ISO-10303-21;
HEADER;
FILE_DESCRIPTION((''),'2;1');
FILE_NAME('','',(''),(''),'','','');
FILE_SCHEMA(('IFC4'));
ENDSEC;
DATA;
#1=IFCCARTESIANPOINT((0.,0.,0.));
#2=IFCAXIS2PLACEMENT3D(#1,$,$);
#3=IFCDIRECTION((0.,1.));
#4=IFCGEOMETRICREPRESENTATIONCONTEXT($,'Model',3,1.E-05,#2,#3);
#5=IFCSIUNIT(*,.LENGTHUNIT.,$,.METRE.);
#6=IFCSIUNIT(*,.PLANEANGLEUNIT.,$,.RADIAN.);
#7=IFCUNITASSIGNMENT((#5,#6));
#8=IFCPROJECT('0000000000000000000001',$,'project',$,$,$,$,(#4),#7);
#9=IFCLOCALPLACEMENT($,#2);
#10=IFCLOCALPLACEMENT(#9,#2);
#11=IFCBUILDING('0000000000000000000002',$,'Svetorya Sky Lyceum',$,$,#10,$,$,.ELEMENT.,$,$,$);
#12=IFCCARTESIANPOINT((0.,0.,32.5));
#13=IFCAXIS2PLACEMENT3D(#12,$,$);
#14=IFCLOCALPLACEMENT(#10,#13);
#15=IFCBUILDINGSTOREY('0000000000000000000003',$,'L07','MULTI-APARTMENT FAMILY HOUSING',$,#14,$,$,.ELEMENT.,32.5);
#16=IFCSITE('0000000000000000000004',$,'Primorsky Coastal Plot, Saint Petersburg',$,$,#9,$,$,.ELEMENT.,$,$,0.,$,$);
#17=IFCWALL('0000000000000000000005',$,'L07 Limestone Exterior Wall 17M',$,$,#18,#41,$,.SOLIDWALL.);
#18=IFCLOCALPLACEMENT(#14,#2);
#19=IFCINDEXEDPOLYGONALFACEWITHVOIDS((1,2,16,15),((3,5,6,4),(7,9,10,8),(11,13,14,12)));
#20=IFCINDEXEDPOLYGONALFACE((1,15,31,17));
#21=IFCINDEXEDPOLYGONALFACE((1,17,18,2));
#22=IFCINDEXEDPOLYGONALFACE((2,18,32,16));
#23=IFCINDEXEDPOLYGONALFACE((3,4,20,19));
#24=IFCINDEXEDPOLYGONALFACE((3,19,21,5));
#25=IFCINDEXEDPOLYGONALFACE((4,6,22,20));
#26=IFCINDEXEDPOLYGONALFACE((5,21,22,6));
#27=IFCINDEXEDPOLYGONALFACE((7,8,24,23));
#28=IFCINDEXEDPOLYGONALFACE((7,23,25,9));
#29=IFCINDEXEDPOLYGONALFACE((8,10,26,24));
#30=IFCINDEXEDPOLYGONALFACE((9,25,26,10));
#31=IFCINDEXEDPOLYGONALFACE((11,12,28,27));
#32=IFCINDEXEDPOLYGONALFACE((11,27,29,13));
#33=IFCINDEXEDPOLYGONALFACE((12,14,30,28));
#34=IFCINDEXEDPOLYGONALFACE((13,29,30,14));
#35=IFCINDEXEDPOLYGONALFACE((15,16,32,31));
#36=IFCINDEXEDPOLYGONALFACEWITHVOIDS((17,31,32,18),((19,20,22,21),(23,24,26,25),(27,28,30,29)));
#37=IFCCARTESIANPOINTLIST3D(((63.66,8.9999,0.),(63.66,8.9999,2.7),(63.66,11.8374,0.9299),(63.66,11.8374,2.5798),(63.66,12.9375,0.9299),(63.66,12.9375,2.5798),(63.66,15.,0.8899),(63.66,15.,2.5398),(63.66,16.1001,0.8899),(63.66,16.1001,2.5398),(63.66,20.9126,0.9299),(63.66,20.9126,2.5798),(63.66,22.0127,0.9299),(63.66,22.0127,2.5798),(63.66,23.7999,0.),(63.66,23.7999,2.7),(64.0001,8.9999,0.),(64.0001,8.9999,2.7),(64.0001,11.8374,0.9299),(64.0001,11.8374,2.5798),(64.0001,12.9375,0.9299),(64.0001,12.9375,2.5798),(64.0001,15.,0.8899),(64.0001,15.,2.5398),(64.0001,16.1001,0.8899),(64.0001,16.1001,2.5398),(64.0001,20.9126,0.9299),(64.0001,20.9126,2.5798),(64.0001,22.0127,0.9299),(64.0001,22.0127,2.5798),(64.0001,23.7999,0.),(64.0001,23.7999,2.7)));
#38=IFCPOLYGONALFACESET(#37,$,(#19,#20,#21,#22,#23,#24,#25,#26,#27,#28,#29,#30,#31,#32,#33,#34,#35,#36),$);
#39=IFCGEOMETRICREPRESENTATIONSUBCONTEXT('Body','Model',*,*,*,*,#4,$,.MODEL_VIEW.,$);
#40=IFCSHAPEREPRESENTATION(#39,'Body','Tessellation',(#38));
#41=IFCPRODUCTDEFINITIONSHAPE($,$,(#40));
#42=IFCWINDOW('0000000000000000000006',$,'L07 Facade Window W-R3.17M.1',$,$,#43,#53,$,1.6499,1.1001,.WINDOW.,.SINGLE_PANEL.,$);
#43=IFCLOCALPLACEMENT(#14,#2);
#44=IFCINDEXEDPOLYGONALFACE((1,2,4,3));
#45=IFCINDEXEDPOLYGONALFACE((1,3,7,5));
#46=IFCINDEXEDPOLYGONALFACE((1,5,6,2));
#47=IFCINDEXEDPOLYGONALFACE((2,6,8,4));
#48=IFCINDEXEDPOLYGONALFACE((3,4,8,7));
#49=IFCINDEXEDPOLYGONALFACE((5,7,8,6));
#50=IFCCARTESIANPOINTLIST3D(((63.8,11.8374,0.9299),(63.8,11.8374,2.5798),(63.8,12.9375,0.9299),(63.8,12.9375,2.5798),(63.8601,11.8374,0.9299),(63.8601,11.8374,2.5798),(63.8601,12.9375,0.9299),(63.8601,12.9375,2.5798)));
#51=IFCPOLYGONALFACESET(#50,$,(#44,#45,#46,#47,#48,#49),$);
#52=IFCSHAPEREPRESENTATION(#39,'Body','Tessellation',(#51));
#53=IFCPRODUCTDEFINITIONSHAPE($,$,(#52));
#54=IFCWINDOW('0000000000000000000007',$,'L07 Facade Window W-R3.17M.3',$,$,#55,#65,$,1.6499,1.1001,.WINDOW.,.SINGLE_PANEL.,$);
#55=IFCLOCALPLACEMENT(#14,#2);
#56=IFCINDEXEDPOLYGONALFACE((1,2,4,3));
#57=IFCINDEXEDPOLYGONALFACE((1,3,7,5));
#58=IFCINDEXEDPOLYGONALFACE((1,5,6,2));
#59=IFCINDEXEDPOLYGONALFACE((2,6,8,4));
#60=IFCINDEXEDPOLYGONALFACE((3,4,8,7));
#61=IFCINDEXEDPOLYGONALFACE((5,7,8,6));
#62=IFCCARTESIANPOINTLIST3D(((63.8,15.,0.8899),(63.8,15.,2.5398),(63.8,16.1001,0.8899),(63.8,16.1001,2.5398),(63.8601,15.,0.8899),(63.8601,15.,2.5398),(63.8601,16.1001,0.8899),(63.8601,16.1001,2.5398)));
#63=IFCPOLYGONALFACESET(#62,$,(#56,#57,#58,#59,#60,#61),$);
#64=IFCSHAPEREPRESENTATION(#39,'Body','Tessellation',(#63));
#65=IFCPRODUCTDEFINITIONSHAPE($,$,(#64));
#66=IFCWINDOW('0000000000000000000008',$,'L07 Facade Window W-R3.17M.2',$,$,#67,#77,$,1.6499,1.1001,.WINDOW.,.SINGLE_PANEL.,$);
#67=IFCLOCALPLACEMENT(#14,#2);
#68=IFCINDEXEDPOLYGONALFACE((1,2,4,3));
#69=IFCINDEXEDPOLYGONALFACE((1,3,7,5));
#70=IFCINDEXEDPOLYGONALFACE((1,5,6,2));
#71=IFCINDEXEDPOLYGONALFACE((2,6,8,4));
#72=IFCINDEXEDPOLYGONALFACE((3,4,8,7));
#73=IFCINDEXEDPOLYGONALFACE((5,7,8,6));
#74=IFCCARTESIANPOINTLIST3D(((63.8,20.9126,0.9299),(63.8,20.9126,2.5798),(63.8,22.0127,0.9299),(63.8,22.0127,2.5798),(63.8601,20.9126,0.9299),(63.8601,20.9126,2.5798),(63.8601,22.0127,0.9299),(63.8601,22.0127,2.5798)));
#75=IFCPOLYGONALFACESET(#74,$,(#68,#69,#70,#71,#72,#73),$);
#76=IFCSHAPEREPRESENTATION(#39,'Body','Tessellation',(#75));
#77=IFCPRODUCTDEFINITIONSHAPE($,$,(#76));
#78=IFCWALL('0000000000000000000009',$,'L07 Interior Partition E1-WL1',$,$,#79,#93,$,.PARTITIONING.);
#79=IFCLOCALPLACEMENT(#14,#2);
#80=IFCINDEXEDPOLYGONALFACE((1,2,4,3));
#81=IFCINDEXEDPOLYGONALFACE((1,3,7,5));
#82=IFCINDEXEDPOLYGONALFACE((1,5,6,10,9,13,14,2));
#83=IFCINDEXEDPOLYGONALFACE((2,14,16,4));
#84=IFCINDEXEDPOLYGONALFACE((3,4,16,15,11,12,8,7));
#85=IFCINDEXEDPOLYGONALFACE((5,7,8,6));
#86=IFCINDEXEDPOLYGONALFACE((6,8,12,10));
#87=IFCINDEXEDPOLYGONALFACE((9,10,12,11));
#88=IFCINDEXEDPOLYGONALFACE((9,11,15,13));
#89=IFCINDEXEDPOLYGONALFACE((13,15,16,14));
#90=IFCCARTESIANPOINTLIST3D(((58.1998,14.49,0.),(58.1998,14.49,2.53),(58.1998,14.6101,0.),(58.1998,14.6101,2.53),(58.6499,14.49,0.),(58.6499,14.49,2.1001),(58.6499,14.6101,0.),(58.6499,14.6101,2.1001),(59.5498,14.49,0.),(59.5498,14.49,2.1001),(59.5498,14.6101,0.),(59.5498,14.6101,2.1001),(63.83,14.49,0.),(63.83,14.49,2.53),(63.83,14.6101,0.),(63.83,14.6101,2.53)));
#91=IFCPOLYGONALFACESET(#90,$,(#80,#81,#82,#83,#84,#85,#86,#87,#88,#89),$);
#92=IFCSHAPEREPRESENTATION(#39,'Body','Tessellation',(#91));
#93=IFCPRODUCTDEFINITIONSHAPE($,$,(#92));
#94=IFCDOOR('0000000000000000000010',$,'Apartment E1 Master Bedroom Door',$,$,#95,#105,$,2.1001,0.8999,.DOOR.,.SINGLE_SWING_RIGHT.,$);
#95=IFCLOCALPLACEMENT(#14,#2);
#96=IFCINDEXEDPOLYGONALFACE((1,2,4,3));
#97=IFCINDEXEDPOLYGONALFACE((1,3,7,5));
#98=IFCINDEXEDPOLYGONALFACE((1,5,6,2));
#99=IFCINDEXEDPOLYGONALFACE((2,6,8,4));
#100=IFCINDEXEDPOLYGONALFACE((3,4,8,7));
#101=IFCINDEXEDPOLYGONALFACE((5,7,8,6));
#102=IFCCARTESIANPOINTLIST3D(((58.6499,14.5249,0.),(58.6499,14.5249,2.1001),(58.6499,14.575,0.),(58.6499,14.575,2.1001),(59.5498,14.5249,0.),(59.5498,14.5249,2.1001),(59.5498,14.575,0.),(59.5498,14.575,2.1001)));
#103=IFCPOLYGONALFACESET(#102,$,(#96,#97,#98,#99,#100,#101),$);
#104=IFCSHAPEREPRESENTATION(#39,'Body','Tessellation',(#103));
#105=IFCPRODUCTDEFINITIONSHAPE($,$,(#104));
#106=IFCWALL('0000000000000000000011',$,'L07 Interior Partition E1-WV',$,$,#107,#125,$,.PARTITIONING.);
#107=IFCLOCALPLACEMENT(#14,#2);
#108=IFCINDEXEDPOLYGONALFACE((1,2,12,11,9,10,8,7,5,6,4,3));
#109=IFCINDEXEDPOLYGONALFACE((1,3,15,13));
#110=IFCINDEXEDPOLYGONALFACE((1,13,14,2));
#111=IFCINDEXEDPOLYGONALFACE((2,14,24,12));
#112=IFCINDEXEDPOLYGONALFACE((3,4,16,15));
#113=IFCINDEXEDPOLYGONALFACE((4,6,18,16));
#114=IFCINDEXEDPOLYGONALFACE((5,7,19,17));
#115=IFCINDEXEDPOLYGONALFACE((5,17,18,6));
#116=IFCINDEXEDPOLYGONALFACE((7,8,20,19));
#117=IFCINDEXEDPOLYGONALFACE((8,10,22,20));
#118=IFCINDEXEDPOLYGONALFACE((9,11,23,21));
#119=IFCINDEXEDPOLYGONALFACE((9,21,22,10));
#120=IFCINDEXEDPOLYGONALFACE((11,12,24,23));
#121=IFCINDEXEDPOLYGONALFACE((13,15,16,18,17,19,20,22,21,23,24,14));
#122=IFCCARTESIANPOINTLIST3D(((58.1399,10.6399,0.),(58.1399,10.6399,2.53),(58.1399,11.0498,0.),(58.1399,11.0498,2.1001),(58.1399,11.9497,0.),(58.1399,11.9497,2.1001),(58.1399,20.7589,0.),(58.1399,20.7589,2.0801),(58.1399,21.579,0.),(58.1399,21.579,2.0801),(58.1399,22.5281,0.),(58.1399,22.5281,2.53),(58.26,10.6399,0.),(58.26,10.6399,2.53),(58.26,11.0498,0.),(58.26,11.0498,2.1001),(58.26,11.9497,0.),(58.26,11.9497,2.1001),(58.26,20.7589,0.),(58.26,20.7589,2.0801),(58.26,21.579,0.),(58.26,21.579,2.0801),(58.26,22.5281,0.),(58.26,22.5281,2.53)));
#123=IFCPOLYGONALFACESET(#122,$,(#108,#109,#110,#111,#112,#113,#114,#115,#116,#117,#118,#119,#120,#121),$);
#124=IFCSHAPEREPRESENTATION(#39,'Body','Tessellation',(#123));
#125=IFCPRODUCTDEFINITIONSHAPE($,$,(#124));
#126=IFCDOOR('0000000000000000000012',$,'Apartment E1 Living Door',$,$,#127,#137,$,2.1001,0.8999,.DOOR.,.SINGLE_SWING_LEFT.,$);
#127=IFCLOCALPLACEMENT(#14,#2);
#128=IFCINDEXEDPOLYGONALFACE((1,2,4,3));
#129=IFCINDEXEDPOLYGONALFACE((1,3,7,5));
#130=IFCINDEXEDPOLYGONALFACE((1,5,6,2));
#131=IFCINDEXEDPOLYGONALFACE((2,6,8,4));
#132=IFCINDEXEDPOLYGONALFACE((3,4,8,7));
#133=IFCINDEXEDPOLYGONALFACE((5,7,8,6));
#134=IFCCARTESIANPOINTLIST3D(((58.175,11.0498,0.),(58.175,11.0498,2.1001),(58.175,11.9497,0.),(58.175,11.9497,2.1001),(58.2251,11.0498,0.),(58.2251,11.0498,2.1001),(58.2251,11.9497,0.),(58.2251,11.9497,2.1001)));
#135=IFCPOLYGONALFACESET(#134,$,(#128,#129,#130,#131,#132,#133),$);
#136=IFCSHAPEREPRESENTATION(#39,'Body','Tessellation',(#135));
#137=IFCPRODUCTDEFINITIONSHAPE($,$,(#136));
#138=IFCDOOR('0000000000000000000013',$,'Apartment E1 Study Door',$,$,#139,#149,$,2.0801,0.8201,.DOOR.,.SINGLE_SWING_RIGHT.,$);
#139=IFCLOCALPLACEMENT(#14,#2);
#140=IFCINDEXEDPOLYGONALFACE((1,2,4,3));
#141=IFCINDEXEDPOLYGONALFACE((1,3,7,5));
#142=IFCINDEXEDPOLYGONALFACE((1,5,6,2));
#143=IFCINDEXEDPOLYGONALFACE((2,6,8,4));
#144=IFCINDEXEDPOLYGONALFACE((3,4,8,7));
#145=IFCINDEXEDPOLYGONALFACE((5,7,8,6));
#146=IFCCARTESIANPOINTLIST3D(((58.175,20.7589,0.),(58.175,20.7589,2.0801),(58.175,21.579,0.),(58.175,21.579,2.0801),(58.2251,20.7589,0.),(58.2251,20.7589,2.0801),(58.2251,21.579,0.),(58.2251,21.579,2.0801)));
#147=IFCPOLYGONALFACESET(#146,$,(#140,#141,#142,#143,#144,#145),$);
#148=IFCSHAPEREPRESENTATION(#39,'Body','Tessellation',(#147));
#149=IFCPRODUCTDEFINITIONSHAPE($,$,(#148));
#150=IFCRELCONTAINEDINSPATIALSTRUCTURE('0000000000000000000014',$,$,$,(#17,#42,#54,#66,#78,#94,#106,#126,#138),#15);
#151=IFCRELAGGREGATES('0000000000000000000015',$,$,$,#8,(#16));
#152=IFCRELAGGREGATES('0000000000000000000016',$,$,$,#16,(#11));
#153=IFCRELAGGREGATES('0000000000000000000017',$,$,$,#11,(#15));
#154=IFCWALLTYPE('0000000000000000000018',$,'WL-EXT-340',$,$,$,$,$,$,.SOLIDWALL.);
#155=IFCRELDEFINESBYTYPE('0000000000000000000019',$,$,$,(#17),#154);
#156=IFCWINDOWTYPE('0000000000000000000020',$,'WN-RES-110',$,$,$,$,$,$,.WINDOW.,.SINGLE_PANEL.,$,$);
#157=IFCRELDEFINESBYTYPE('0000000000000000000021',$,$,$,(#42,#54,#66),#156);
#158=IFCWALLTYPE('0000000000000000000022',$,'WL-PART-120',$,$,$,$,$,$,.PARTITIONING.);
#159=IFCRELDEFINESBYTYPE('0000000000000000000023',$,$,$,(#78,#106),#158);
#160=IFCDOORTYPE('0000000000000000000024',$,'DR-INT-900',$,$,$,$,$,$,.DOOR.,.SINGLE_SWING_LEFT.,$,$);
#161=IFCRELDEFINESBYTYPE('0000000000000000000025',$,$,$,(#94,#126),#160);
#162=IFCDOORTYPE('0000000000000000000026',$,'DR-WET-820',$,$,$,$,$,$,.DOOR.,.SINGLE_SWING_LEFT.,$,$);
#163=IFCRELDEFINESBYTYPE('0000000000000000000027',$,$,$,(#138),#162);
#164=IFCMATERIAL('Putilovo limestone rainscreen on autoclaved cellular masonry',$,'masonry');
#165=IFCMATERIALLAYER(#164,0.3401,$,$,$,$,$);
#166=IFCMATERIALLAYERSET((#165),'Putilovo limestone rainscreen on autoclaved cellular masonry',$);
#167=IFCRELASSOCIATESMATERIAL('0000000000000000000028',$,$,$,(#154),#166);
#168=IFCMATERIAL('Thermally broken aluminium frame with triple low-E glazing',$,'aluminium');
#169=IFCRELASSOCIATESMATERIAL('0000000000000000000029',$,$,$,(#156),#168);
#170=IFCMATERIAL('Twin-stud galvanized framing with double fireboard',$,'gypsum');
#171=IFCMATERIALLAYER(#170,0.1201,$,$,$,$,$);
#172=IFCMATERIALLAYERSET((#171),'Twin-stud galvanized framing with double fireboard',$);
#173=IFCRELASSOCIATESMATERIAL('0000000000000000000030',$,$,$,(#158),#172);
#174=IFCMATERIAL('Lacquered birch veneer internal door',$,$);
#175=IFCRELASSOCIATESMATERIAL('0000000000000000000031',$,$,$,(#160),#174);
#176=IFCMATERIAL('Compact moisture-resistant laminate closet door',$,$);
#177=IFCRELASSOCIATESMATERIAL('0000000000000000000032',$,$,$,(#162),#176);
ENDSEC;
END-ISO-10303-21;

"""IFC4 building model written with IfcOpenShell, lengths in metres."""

from ifc_helpers import new_model, si_unit, direction, frame, frame_2d, origin, place, context, subcontext, project, spatial, rectangle, extrude, material, layer, layer_set, type_object, element, fill, save


model = new_model("IFC4")

# Units and contexts
model_context = context("Model", 3, precision=1e-05, world=origin(), true_north=direction((0.0, 1.0)))
body_context = subcontext(model_context, "Body", "Model", "MODEL_VIEW")
ifc_project = project(units=[si_unit("LENGTHUNIT", "METRE"), si_unit("PLANEANGLEUNIT", "RADIAN")], contexts=[model_context])

# Site, building, storey
site_placement = place(None, origin())
site = spatial("IfcSite", under=ifc_project, at=site_placement, Name="Primorsky Coastal Plot, Saint Petersburg", CompositionType="ELEMENT", RefElevation=0.0)
building_placement = place(site_placement, origin())
building = spatial("IfcBuilding", under=site, at=building_placement, Name="Svetorya Sky Lyceum", CompositionType="ELEMENT")
storey_placement = place(building_placement, frame((0.0, 0.0, 32.5)))
storey = spatial("IfcBuildingStorey", under=building, at=storey_placement, Name="L07", Description="MULTI-APARTMENT FAMILY HOUSING", CompositionType="ELEMENT", Elevation=32.5)

# Shared definitions
ifc_material_1 = material(Name="Putilovo limestone rainscreen on autoclaved cellular masonry", Category="masonry")
ifc_layer_1 = layer(ifc_material_1, 0.3401)
ifc_layer_set_1 = layer_set([ifc_layer_1], Name="Putilovo limestone rainscreen on autoclaved cellular masonry")
wall_type_1 = type_object("IfcWallType", Name="WL-EXT-340", PredefinedType="SOLIDWALL", material=ifc_layer_set_1)

# Wall, openings, windows
wall_1_placement = place(storey_placement, frame((63.8301, 9.0, 0.0), z_axis=(0.0, 0.0, 1.0), x_axis=(0.0, 1.0, 0.0)))
wall_1 = element("IfcWall", 1, at=wall_1_placement, inside=storey, type_object=wall_type_1, Name="L07 Limestone Exterior Wall 17M", PredefinedType="SOLIDWALL", context=body_context, shape_type="SweptSolid", body=[
    extrude(rectangle(XDim=14.8, YDim=0.3401, at=frame_2d((7.3999, 0.0))), origin(), (0.0, 0.0, 1.0), 2.7),
])
opening_1_placement = place(wall_1_placement, frame((2.8374, 0.0, 0.9299)))
opening_1 = element("IfcOpeningElement", 2, at=opening_1_placement, cuts=wall_1, PredefinedType="OPENING", context=body_context, shape_type="SweptSolid", body=[
    extrude(rectangle(XDim=1.1001, YDim=1.6499, at=frame_2d((0.55, 0.825))), frame((0.0, 0.1799, 0.0), z_axis=(0.0, -1.0, 0.0), x_axis=(1.0, 0.0, 0.0)), (0.0, 0.0, 1.0), 0.3601),
])
opening_2_placement = place(wall_1_placement, frame((6.0, 0.0, 0.8899)))
opening_2 = element("IfcOpeningElement", 3, at=opening_2_placement, cuts=wall_1, PredefinedType="OPENING", context=body_context, shape_type="SweptSolid", body=[
    extrude(rectangle(XDim=1.1001, YDim=1.6499, at=frame_2d((0.55, 0.825))), frame((0.0, 0.1799, 0.0), z_axis=(0.0, -1.0, 0.0), x_axis=(1.0, 0.0, 0.0)), (0.0, 0.0, 1.0), 0.3601),
])
opening_3_placement = place(wall_1_placement, frame((11.9126, 0.0, 0.9299)))
opening_3 = element("IfcOpeningElement", 4, at=opening_3_placement, cuts=wall_1, PredefinedType="OPENING", context=body_context, shape_type="SweptSolid", body=[
    extrude(rectangle(XDim=1.1001, YDim=1.6499, at=frame_2d((0.55, 0.825))), frame((0.0, 0.1799, 0.0), z_axis=(0.0, -1.0, 0.0), x_axis=(1.0, 0.0, 0.0)), (0.0, 0.0, 1.0), 0.3601),
])
ifc_material_2 = material(Name="Thermally broken aluminium frame with triple low-E glazing", Category="aluminium")
window_type = type_object("IfcWindowType", Name="WN-RES-110", PartitioningType="SINGLE_PANEL", PredefinedType="WINDOW", material=ifc_material_2)
window_1_placement = place(opening_1_placement, origin())
window_1 = element("IfcWindow", 5, at=window_1_placement, inside=storey, type_object=window_type, Name="L07 Facade Window W-R3.17M.1", OverallHeight=1.6499, OverallWidth=1.1001, PartitioningType="SINGLE_PANEL", PredefinedType="WINDOW", context=body_context, shape_type="SweptSolid", body=[
    extrude(rectangle(XDim=1.1001, YDim=1.6499, at=frame_2d((0.55, 0.825))), frame((0.0, 0.03, 0.0), z_axis=(0.0, -1.0, 0.0), x_axis=(1.0, 0.0, 0.0)), (0.0, 0.0, 1.0), 0.0601),
])
fill(opening_1, window_1)
window_2_placement = place(opening_2_placement, origin())
window_2 = element("IfcWindow", 6, at=window_2_placement, inside=storey, type_object=window_type, Name="L07 Facade Window W-R3.17M.3", OverallHeight=1.6499, OverallWidth=1.1001, PartitioningType="SINGLE_PANEL", PredefinedType="WINDOW", context=body_context, shape_type="SweptSolid", body=[
    extrude(rectangle(XDim=1.1001, YDim=1.6499, at=frame_2d((0.55, 0.825))), frame((0.0, 0.03, 0.0), z_axis=(0.0, -1.0, 0.0), x_axis=(1.0, 0.0, 0.0)), (0.0, 0.0, 1.0), 0.0601),
])
fill(opening_2, window_2)
window_3_placement = place(opening_3_placement, origin())
window_3 = element("IfcWindow", 7, at=window_3_placement, inside=storey, type_object=window_type, Name="L07 Facade Window W-R3.17M.2", OverallHeight=1.6499, OverallWidth=1.1001, PartitioningType="SINGLE_PANEL", PredefinedType="WINDOW", context=body_context, shape_type="SweptSolid", body=[
    extrude(rectangle(XDim=1.1001, YDim=1.6499, at=frame_2d((0.55, 0.825))), frame((0.0, 0.03, 0.0), z_axis=(0.0, -1.0, 0.0), x_axis=(1.0, 0.0, 0.0)), (0.0, 0.0, 1.0), 0.0601),
])
fill(opening_3, window_3)

# Wall, opening, door
ifc_material_3 = material(Name="Twin-stud galvanized framing with double fireboard", Category="gypsum")
ifc_layer_2 = layer(ifc_material_3, 0.1201)
ifc_layer_set_2 = layer_set([ifc_layer_2], Name="Twin-stud galvanized framing with double fireboard")
wall_type_2 = type_object("IfcWallType", Name="WL-PART-120", PredefinedType="PARTITIONING", material=ifc_layer_set_2)
wall_2_placement = place(storey_placement, frame((58.2, 14.55, 0.0), z_axis=(0.0, 0.0, 1.0), x_axis=(1.0, 0.0, 0.0)))
wall_2 = element("IfcWall", 8, at=wall_2_placement, inside=storey, type_object=wall_type_2, Name="L07 Interior Partition E1-WL1", PredefinedType="PARTITIONING", context=body_context, shape_type="SweptSolid", body=[
    extrude(rectangle(XDim=5.6301, YDim=0.1201, at=frame_2d((2.8149, 0.0))), origin(), (0.0, 0.0, 1.0), 2.53),
])
opening_4_placement = place(wall_2_placement, frame((0.45, 0.0, 0.0)))
opening_4 = element("IfcOpeningElement", 9, at=opening_4_placement, cuts=wall_2, PredefinedType="OPENING", context=body_context, shape_type="SweptSolid", body=[
    extrude(rectangle(XDim=0.8999, YDim=2.1001, at=frame_2d((0.45, 1.05))), frame((0.0, 0.0701, 0.0), z_axis=(0.0, -1.0, 0.0), x_axis=(1.0, 0.0, 0.0)), (0.0, 0.0, 1.0), 0.1401),
])
ifc_material_4 = material(Name="Lacquered birch veneer internal door")
door_type_1 = type_object("IfcDoorType", Name="DR-INT-900", OperationType="SINGLE_SWING_LEFT", PredefinedType="DOOR", material=ifc_material_4)
door_1_placement = place(opening_4_placement, origin())
door_1 = element("IfcDoor", 10, at=door_1_placement, inside=storey, type_object=door_type_1, Name="Apartment E1 Master Bedroom Door", OperationType="SINGLE_SWING_RIGHT", OverallHeight=2.1001, OverallWidth=0.8999, PredefinedType="DOOR", context=body_context, shape_type="SweptSolid", body=[
    extrude(rectangle(XDim=0.8999, YDim=2.1001, at=frame_2d((0.45, 1.05))), frame((0.0, 0.0249, 0.0), z_axis=(0.0, -1.0, 0.0), x_axis=(1.0, 0.0, 0.0)), (0.0, 0.0, 1.0), 0.05),
])
fill(opening_4, door_1)

# Wall, openings, doors
wall_3_placement = place(storey_placement, frame((58.2, 10.6399, 0.0), z_axis=(0.0, 0.0, 1.0), x_axis=(0.0, 1.0, 0.0)))
wall_3 = element("IfcWall", 11, at=wall_3_placement, inside=storey, type_object=wall_type_2, Name="L07 Interior Partition E1-WV", PredefinedType="PARTITIONING", context=body_context, shape_type="SweptSolid", body=[
    extrude(rectangle(XDim=11.8882, YDim=0.1201, at=frame_2d((5.9441, 0.0))), origin(), (0.0, 0.0, 1.0), 2.53),
])
opening_5_placement = place(wall_3_placement, frame((0.4099, 0.0, 0.0)))
opening_5 = element("IfcOpeningElement", 12, at=opening_5_placement, cuts=wall_3, PredefinedType="OPENING", context=body_context, shape_type="SweptSolid", body=[
    extrude(rectangle(XDim=0.8999, YDim=2.1001, at=frame_2d((0.45, 1.05))), frame((0.0, 0.0701, 0.0), z_axis=(0.0, -1.0, 0.0), x_axis=(1.0, 0.0, 0.0)), (0.0, 0.0, 1.0), 0.1401),
])
opening_6_placement = place(wall_3_placement, frame((10.1189, 0.0, 0.0)))
opening_6 = element("IfcOpeningElement", 13, at=opening_6_placement, cuts=wall_3, PredefinedType="OPENING", context=body_context, shape_type="SweptSolid", body=[
    extrude(rectangle(XDim=0.8201, YDim=2.0801, at=frame_2d((0.4102, 1.04))), frame((0.0, 0.0701, 0.0), z_axis=(0.0, -1.0, 0.0), x_axis=(1.0, 0.0, 0.0)), (0.0, 0.0, 1.0), 0.1401),
])
door_2_placement = place(opening_5_placement, origin())
door_2 = element("IfcDoor", 14, at=door_2_placement, inside=storey, type_object=door_type_1, Name="Apartment E1 Living Door", OperationType="SINGLE_SWING_LEFT", OverallHeight=2.1001, OverallWidth=0.8999, PredefinedType="DOOR", context=body_context, shape_type="SweptSolid", body=[
    extrude(rectangle(XDim=0.8999, YDim=2.1001, at=frame_2d((0.45, 1.05))), frame((0.0, 0.0249, 0.0), z_axis=(0.0, -1.0, 0.0), x_axis=(1.0, 0.0, 0.0)), (0.0, 0.0, 1.0), 0.05),
])
fill(opening_5, door_2)
ifc_material_5 = material(Name="Compact moisture-resistant laminate closet door")
door_type_2 = type_object("IfcDoorType", Name="DR-WET-820", OperationType="SINGLE_SWING_LEFT", PredefinedType="DOOR", material=ifc_material_5)
door_3_placement = place(opening_6_placement, origin())
door_3 = element("IfcDoor", 15, at=door_3_placement, inside=storey, type_object=door_type_2, Name="Apartment E1 Study Door", OperationType="SINGLE_SWING_RIGHT", OverallHeight=2.0801, OverallWidth=0.8201, PredefinedType="DOOR", context=body_context, shape_type="SweptSolid", body=[
    extrude(rectangle(XDim=0.8201, YDim=2.0801, at=frame_2d((0.4102, 1.04))), frame((0.0, 0.0249, 0.0), z_axis=(0.0, -1.0, 0.0), x_axis=(1.0, 0.0, 0.0)), (0.0, 0.0, 1.0), 0.05),
])
fill(opening_6, door_3)

save(model, "model.ifc")
